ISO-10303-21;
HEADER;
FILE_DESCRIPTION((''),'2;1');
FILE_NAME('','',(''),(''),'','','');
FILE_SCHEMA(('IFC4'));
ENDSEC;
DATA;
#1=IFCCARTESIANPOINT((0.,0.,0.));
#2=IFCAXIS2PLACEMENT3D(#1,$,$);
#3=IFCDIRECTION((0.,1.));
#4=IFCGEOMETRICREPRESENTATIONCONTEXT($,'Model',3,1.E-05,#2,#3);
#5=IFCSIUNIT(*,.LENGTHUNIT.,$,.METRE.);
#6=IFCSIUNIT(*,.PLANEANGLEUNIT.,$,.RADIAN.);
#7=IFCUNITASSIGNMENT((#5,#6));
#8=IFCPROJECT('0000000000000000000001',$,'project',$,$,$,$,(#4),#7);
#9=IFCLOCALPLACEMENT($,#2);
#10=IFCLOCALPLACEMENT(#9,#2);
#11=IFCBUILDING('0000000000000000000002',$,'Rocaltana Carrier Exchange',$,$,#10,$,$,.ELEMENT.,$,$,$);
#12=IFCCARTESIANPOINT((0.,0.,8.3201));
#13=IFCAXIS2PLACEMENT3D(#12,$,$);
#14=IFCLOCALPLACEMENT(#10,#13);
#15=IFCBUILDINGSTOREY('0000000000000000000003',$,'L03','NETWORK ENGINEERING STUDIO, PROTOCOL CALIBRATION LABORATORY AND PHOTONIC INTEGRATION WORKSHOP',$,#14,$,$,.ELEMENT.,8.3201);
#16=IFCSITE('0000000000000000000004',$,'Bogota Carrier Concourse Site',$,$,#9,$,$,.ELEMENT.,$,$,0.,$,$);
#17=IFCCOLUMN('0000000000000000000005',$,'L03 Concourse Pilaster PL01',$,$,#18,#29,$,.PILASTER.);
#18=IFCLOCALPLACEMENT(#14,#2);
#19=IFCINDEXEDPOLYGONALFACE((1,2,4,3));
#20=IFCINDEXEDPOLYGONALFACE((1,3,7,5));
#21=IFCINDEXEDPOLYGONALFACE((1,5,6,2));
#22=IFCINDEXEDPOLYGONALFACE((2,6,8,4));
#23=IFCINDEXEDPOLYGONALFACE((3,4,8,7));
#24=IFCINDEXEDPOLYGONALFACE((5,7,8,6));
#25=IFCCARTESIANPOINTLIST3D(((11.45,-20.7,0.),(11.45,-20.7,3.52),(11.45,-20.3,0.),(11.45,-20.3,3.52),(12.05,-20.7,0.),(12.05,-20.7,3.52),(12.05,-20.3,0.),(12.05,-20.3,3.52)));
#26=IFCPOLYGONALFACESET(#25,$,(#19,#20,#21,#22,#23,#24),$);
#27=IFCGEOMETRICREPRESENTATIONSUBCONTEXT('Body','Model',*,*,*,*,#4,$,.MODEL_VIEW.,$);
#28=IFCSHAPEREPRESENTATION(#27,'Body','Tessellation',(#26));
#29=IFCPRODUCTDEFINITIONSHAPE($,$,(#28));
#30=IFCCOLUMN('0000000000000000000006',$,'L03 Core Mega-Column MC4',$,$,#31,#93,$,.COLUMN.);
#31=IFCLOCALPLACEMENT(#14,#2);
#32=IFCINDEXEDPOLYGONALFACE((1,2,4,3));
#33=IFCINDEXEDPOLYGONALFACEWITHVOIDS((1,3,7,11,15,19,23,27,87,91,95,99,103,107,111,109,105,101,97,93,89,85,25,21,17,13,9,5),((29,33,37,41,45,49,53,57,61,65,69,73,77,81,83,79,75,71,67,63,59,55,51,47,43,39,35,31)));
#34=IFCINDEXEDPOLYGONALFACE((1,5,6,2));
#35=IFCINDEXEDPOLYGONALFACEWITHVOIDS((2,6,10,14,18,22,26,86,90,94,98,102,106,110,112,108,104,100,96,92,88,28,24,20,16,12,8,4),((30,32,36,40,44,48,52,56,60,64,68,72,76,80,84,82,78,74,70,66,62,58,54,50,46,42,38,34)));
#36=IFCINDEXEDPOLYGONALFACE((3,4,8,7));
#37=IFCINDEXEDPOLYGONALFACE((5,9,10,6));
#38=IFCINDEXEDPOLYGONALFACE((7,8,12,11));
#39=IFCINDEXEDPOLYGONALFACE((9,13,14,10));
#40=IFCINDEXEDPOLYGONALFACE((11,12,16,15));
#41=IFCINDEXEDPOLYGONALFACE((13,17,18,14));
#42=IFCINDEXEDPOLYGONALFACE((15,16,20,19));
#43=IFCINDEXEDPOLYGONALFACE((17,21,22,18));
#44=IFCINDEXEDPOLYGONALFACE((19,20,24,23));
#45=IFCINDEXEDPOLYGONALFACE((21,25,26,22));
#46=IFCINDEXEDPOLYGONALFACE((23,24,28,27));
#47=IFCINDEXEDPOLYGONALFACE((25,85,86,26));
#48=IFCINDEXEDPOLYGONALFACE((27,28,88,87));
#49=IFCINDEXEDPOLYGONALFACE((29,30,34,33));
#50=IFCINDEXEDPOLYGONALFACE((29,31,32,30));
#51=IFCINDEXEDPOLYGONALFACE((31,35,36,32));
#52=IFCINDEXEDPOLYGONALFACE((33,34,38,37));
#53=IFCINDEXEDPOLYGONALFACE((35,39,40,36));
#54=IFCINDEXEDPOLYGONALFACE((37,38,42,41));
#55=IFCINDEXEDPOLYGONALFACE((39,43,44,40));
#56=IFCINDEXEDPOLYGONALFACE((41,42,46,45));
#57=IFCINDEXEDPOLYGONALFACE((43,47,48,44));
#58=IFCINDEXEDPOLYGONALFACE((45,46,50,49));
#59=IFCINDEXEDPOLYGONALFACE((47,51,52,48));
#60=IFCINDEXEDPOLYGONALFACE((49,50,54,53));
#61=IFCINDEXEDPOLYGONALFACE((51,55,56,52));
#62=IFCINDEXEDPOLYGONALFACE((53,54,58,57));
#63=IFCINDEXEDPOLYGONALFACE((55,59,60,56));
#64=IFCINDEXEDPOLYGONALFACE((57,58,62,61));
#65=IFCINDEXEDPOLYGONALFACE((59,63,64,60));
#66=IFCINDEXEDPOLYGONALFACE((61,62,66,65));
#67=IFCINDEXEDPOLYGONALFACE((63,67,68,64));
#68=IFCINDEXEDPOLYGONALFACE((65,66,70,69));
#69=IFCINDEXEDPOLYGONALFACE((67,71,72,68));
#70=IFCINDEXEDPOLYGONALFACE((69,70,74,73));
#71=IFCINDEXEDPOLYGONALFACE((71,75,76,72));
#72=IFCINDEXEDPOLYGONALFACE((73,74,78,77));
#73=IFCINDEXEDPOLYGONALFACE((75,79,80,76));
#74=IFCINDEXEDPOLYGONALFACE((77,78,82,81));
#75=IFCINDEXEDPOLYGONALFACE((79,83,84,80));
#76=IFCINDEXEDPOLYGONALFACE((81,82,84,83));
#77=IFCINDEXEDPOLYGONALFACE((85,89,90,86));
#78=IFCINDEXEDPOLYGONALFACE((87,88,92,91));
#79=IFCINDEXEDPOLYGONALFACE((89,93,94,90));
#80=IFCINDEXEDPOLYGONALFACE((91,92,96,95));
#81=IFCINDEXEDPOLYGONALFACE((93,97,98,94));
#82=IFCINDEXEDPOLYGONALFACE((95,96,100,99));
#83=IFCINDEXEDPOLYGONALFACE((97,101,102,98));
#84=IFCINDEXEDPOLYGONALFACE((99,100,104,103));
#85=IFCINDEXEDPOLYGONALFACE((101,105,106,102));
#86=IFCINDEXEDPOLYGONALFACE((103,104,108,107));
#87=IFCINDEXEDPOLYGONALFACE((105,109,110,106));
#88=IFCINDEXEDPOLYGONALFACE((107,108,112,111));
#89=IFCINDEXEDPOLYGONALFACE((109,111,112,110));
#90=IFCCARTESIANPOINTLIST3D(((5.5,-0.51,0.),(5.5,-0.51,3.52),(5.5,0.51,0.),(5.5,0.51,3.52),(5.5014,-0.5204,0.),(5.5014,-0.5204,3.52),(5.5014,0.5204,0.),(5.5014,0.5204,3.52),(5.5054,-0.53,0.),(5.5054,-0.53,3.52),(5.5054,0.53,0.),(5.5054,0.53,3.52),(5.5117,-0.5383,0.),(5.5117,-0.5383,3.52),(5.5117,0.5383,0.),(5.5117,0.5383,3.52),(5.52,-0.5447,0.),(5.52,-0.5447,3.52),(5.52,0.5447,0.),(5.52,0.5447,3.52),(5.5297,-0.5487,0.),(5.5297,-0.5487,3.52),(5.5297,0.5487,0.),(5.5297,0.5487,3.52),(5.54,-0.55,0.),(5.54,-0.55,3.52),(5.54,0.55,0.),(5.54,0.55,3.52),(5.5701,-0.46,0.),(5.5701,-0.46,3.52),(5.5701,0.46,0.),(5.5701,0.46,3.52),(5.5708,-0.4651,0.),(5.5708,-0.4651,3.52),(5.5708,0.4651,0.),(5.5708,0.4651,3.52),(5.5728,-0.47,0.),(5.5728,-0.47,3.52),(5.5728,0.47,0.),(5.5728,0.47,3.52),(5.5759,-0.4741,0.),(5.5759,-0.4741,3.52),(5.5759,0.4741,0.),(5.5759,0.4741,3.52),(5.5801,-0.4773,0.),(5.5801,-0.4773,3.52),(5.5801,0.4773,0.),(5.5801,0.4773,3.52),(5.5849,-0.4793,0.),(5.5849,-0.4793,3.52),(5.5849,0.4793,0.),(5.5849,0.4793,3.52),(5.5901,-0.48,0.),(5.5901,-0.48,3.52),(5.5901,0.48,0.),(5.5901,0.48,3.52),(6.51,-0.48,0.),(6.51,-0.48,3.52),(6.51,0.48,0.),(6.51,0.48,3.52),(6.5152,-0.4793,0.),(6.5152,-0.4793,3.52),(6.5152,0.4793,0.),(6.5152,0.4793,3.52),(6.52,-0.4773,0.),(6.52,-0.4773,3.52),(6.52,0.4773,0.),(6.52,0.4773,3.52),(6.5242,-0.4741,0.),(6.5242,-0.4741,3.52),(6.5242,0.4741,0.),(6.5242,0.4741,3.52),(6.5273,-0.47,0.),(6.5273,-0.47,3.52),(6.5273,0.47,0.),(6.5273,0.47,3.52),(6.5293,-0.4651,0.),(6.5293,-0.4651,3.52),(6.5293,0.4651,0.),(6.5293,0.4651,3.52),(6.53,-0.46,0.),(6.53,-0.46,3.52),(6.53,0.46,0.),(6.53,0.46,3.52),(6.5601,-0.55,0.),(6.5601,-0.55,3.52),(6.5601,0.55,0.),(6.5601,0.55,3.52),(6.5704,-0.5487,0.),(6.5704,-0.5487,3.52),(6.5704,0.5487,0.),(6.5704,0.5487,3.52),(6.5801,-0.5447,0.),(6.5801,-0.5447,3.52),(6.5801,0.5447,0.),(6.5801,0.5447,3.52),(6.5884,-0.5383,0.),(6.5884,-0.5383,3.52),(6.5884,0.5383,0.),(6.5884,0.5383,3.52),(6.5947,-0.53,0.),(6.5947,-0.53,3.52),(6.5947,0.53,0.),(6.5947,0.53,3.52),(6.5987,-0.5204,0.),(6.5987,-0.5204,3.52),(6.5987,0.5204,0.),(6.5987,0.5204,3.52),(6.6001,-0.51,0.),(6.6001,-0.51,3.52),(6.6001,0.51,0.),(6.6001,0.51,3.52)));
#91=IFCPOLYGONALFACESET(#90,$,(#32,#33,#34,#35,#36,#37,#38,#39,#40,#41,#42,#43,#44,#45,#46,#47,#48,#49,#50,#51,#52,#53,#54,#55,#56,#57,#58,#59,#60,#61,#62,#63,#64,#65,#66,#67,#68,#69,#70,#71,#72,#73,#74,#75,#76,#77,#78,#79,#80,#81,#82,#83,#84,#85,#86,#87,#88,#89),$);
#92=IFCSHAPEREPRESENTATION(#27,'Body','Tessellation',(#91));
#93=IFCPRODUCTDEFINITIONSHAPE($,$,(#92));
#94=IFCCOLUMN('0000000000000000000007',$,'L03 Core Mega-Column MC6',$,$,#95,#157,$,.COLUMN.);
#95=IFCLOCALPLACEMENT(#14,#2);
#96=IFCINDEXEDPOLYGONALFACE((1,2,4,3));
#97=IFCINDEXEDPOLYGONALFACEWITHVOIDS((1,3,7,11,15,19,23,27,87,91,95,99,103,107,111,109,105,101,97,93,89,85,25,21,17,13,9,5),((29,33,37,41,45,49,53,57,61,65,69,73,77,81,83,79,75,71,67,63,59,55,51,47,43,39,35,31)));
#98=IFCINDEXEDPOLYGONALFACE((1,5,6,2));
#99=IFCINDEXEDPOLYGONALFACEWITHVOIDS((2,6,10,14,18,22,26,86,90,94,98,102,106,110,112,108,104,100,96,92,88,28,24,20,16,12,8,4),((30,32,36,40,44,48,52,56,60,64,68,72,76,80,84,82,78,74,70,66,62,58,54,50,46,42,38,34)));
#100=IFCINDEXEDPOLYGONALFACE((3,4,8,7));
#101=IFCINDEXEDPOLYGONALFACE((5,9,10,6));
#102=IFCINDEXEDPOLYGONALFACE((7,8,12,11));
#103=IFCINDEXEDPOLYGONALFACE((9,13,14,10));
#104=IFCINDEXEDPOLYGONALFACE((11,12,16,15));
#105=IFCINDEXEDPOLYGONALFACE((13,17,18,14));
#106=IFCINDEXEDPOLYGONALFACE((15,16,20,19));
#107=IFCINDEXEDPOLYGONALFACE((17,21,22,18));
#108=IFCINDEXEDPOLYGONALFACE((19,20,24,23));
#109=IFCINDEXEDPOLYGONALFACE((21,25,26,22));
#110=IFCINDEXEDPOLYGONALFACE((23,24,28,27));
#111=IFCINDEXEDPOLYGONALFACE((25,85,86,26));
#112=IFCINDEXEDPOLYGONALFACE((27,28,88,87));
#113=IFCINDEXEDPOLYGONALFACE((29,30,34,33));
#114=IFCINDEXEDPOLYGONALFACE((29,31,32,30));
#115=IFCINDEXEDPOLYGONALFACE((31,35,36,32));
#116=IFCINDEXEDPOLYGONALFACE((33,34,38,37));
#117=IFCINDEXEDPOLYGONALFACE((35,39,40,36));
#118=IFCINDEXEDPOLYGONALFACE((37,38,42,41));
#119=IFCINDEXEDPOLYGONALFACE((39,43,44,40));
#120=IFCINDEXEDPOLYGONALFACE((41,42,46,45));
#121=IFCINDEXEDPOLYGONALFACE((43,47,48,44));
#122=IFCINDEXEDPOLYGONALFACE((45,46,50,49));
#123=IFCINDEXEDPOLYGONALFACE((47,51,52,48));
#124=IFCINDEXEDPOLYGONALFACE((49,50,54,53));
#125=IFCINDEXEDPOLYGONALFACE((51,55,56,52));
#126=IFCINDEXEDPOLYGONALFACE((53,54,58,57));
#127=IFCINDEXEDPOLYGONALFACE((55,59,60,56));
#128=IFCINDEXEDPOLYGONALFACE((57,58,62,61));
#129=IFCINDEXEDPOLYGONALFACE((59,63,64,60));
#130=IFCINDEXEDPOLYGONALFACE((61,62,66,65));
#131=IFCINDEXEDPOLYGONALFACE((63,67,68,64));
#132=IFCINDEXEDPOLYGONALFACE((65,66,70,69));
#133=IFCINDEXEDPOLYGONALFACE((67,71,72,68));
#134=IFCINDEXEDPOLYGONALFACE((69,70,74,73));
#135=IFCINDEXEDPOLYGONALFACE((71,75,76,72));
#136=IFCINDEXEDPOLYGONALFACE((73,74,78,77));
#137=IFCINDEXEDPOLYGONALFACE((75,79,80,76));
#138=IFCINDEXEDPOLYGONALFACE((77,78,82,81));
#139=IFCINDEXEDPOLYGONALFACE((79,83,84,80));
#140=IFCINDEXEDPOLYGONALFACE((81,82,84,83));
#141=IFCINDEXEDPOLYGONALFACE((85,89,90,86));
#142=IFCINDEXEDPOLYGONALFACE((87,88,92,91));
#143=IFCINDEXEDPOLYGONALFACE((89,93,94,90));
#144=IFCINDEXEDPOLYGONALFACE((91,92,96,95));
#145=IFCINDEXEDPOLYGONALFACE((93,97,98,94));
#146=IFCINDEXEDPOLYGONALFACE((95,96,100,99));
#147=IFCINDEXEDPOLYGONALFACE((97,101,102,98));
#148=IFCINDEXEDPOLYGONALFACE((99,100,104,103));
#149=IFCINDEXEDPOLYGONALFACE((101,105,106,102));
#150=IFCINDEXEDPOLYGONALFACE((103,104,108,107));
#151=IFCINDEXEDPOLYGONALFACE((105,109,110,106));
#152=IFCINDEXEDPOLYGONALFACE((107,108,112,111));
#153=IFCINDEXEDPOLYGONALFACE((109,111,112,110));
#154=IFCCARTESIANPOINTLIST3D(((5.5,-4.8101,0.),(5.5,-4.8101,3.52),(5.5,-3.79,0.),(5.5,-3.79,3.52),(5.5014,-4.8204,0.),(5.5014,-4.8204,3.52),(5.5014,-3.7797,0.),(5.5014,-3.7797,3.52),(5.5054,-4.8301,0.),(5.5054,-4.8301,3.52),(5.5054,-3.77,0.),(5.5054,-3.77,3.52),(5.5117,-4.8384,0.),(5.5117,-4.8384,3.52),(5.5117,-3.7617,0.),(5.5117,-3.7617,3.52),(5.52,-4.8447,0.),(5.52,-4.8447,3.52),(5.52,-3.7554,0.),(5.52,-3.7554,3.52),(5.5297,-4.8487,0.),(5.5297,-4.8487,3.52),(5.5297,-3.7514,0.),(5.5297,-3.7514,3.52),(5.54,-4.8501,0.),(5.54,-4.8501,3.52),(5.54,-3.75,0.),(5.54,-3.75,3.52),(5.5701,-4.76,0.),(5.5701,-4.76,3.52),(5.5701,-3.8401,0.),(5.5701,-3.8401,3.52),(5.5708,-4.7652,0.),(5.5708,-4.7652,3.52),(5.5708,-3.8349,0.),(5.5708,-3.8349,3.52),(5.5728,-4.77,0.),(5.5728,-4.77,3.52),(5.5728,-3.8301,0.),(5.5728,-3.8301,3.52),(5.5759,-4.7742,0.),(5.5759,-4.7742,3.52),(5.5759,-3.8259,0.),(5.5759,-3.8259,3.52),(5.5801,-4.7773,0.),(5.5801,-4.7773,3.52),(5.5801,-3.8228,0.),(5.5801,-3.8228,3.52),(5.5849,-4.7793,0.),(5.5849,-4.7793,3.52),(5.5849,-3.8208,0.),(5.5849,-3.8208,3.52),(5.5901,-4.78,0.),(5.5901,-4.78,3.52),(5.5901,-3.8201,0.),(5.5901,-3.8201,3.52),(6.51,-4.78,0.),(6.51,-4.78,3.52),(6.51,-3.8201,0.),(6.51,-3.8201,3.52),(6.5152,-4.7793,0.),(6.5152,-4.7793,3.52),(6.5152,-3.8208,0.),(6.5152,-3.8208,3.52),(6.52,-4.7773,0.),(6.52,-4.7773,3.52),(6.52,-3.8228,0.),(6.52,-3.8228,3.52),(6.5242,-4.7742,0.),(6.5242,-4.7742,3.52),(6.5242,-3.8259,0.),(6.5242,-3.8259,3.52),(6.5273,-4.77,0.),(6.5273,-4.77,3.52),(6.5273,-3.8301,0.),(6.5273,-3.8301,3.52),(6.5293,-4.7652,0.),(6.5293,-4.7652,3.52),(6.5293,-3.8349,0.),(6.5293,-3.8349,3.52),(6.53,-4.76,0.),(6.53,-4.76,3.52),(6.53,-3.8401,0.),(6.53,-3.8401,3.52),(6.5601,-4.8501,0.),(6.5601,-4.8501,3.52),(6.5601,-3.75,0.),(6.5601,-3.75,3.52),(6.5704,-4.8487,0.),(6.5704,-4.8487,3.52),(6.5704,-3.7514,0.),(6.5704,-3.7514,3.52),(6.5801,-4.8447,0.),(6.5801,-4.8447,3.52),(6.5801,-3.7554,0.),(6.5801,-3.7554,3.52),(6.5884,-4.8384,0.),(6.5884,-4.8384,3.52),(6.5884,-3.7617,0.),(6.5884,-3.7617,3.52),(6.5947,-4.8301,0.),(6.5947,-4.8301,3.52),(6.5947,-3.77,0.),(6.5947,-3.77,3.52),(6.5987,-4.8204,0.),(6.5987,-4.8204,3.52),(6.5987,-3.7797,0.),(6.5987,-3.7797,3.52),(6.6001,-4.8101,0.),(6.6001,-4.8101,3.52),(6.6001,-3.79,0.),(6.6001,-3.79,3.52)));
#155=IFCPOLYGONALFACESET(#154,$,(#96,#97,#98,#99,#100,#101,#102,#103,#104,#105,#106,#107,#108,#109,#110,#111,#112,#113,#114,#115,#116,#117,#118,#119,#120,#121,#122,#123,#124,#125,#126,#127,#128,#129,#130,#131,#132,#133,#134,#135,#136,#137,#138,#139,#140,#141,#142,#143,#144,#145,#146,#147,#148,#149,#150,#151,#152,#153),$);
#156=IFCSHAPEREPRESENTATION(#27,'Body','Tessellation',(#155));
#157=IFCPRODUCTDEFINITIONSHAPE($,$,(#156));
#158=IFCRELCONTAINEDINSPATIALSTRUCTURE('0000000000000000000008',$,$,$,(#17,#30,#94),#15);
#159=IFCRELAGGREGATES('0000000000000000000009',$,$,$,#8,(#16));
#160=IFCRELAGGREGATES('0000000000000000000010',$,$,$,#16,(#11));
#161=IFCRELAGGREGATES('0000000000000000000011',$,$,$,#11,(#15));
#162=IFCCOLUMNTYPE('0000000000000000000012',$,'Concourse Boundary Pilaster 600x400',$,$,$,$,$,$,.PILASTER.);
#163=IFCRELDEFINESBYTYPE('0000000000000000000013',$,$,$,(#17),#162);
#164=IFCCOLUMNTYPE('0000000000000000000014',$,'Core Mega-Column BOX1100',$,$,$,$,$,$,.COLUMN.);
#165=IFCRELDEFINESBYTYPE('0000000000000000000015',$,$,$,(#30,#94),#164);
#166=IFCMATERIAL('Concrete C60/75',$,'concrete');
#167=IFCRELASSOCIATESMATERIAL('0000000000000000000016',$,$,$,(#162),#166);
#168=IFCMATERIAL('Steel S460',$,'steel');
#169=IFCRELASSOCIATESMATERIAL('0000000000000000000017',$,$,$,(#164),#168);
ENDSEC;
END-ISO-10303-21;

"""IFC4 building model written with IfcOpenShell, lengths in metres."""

from ifc_helpers import new_model, si_unit, direction, frame, origin, origin_2d, place, context, subcontext, project, spatial, rectangle, hollow_rectangle, extrude, material, material_profile, profile_set, type_object, element, save


model = new_model("IFC4")

# Units and contexts
model_context = context("Model", 3, precision=1e-05, world=origin(), true_north=direction((0.0, 1.0)))
body_context = subcontext(model_context, "Body", "Model", "MODEL_VIEW")
ifc_project = project(units=[si_unit("LENGTHUNIT", "METRE"), si_unit("PLANEANGLEUNIT", "RADIAN")], contexts=[model_context])

# Site, building, storey
site_placement = place(None, origin())
site = spatial("IfcSite", under=ifc_project, at=site_placement, Name="Bogota Carrier Concourse Site", CompositionType="ELEMENT", RefElevation=0.0)
building_placement = place(site_placement, origin())
building = spatial("IfcBuilding", under=site, at=building_placement, Name="Rocaltana Carrier Exchange", CompositionType="ELEMENT")
storey_placement = place(building_placement, frame((0.0, 0.0, 8.3201)))
storey = spatial("IfcBuildingStorey", under=building, at=storey_placement, Name="L03", Description="NETWORK ENGINEERING STUDIO, PROTOCOL CALIBRATION LABORATORY AND PHOTONIC INTEGRATION WORKSHOP", CompositionType="ELEMENT", Elevation=8.3201)

# Columns
ifc_material_1 = material(Name="Concrete C60/75", Category="concrete")
ifc_material_profile_1 = material_profile(ifc_material_1, rectangle(XDim=0.6001, YDim=0.3999, at=origin_2d()), Name="RC-PIL-600X400")
ifc_profile_set_1 = profile_set([ifc_material_profile_1], Name="Concrete C60/75")
column_type_1 = type_object("IfcColumnType", Name="Concourse Boundary Pilaster 600x400", PredefinedType="PILASTER", material=ifc_profile_set_1)
column_placement = place(storey_placement, frame((11.75, -20.5, 0.0), z_axis=(0.0, 0.0, 1.0), x_axis=(1.0, 0.0, 0.0)))
element("IfcColumn", 1, at=column_placement, inside=storey, type_object=column_type_1, Name="L03 Concourse Pilaster PL01", PredefinedType="PILASTER", context=body_context, shape_type="SweptSolid", body=[
    extrude(rectangle(XDim=0.6001, YDim=0.3999, at=origin_2d()), origin(), (0.0, 0.0, 1.0), 3.52),
])
ifc_material_2 = material(Name="Steel S460", Category="steel")
ifc_material_profile_2 = material_profile(ifc_material_2, hollow_rectangle(XDim=1.1001, YDim=1.1001, WallThickness=0.0701, InnerFilletRadius=0.02, OuterFilletRadius=0.04, at=origin_2d()), Name="BOX1100X1100X70")
ifc_profile_set_2 = profile_set([ifc_material_profile_2], Name="Steel S460")
column_type_2 = type_object("IfcColumnType", Name="Core Mega-Column BOX1100", PredefinedType="COLUMN", material=ifc_profile_set_2)
for number, where, z_axis, x_axis, name in (
    (2, (6.05, 0.0, 0.0), (0.0, 0.0, 1.0), (1.0, 0.0, 0.0), "L03 Core Mega-Column MC4"),
    (3, (6.05, -4.3, 0.0), (0.0, 0.0, 1.0), (1.0, 0.0, 0.0), "L03 Core Mega-Column MC6"),
):
    element("IfcColumn", number, at=place(storey_placement, frame(where, z_axis=z_axis, x_axis=x_axis)), inside=storey, type_object=column_type_2, Name=name, PredefinedType="COLUMN", context=body_context, shape_type="SweptSolid", body=[
        extrude(hollow_rectangle(XDim=1.1001, YDim=1.1001, WallThickness=0.0701, InnerFilletRadius=0.02, OuterFilletRadius=0.04, at=origin_2d()), origin(), (0.0, 0.0, 1.0), 3.52),
    ])

save(model, "model.ifc")
